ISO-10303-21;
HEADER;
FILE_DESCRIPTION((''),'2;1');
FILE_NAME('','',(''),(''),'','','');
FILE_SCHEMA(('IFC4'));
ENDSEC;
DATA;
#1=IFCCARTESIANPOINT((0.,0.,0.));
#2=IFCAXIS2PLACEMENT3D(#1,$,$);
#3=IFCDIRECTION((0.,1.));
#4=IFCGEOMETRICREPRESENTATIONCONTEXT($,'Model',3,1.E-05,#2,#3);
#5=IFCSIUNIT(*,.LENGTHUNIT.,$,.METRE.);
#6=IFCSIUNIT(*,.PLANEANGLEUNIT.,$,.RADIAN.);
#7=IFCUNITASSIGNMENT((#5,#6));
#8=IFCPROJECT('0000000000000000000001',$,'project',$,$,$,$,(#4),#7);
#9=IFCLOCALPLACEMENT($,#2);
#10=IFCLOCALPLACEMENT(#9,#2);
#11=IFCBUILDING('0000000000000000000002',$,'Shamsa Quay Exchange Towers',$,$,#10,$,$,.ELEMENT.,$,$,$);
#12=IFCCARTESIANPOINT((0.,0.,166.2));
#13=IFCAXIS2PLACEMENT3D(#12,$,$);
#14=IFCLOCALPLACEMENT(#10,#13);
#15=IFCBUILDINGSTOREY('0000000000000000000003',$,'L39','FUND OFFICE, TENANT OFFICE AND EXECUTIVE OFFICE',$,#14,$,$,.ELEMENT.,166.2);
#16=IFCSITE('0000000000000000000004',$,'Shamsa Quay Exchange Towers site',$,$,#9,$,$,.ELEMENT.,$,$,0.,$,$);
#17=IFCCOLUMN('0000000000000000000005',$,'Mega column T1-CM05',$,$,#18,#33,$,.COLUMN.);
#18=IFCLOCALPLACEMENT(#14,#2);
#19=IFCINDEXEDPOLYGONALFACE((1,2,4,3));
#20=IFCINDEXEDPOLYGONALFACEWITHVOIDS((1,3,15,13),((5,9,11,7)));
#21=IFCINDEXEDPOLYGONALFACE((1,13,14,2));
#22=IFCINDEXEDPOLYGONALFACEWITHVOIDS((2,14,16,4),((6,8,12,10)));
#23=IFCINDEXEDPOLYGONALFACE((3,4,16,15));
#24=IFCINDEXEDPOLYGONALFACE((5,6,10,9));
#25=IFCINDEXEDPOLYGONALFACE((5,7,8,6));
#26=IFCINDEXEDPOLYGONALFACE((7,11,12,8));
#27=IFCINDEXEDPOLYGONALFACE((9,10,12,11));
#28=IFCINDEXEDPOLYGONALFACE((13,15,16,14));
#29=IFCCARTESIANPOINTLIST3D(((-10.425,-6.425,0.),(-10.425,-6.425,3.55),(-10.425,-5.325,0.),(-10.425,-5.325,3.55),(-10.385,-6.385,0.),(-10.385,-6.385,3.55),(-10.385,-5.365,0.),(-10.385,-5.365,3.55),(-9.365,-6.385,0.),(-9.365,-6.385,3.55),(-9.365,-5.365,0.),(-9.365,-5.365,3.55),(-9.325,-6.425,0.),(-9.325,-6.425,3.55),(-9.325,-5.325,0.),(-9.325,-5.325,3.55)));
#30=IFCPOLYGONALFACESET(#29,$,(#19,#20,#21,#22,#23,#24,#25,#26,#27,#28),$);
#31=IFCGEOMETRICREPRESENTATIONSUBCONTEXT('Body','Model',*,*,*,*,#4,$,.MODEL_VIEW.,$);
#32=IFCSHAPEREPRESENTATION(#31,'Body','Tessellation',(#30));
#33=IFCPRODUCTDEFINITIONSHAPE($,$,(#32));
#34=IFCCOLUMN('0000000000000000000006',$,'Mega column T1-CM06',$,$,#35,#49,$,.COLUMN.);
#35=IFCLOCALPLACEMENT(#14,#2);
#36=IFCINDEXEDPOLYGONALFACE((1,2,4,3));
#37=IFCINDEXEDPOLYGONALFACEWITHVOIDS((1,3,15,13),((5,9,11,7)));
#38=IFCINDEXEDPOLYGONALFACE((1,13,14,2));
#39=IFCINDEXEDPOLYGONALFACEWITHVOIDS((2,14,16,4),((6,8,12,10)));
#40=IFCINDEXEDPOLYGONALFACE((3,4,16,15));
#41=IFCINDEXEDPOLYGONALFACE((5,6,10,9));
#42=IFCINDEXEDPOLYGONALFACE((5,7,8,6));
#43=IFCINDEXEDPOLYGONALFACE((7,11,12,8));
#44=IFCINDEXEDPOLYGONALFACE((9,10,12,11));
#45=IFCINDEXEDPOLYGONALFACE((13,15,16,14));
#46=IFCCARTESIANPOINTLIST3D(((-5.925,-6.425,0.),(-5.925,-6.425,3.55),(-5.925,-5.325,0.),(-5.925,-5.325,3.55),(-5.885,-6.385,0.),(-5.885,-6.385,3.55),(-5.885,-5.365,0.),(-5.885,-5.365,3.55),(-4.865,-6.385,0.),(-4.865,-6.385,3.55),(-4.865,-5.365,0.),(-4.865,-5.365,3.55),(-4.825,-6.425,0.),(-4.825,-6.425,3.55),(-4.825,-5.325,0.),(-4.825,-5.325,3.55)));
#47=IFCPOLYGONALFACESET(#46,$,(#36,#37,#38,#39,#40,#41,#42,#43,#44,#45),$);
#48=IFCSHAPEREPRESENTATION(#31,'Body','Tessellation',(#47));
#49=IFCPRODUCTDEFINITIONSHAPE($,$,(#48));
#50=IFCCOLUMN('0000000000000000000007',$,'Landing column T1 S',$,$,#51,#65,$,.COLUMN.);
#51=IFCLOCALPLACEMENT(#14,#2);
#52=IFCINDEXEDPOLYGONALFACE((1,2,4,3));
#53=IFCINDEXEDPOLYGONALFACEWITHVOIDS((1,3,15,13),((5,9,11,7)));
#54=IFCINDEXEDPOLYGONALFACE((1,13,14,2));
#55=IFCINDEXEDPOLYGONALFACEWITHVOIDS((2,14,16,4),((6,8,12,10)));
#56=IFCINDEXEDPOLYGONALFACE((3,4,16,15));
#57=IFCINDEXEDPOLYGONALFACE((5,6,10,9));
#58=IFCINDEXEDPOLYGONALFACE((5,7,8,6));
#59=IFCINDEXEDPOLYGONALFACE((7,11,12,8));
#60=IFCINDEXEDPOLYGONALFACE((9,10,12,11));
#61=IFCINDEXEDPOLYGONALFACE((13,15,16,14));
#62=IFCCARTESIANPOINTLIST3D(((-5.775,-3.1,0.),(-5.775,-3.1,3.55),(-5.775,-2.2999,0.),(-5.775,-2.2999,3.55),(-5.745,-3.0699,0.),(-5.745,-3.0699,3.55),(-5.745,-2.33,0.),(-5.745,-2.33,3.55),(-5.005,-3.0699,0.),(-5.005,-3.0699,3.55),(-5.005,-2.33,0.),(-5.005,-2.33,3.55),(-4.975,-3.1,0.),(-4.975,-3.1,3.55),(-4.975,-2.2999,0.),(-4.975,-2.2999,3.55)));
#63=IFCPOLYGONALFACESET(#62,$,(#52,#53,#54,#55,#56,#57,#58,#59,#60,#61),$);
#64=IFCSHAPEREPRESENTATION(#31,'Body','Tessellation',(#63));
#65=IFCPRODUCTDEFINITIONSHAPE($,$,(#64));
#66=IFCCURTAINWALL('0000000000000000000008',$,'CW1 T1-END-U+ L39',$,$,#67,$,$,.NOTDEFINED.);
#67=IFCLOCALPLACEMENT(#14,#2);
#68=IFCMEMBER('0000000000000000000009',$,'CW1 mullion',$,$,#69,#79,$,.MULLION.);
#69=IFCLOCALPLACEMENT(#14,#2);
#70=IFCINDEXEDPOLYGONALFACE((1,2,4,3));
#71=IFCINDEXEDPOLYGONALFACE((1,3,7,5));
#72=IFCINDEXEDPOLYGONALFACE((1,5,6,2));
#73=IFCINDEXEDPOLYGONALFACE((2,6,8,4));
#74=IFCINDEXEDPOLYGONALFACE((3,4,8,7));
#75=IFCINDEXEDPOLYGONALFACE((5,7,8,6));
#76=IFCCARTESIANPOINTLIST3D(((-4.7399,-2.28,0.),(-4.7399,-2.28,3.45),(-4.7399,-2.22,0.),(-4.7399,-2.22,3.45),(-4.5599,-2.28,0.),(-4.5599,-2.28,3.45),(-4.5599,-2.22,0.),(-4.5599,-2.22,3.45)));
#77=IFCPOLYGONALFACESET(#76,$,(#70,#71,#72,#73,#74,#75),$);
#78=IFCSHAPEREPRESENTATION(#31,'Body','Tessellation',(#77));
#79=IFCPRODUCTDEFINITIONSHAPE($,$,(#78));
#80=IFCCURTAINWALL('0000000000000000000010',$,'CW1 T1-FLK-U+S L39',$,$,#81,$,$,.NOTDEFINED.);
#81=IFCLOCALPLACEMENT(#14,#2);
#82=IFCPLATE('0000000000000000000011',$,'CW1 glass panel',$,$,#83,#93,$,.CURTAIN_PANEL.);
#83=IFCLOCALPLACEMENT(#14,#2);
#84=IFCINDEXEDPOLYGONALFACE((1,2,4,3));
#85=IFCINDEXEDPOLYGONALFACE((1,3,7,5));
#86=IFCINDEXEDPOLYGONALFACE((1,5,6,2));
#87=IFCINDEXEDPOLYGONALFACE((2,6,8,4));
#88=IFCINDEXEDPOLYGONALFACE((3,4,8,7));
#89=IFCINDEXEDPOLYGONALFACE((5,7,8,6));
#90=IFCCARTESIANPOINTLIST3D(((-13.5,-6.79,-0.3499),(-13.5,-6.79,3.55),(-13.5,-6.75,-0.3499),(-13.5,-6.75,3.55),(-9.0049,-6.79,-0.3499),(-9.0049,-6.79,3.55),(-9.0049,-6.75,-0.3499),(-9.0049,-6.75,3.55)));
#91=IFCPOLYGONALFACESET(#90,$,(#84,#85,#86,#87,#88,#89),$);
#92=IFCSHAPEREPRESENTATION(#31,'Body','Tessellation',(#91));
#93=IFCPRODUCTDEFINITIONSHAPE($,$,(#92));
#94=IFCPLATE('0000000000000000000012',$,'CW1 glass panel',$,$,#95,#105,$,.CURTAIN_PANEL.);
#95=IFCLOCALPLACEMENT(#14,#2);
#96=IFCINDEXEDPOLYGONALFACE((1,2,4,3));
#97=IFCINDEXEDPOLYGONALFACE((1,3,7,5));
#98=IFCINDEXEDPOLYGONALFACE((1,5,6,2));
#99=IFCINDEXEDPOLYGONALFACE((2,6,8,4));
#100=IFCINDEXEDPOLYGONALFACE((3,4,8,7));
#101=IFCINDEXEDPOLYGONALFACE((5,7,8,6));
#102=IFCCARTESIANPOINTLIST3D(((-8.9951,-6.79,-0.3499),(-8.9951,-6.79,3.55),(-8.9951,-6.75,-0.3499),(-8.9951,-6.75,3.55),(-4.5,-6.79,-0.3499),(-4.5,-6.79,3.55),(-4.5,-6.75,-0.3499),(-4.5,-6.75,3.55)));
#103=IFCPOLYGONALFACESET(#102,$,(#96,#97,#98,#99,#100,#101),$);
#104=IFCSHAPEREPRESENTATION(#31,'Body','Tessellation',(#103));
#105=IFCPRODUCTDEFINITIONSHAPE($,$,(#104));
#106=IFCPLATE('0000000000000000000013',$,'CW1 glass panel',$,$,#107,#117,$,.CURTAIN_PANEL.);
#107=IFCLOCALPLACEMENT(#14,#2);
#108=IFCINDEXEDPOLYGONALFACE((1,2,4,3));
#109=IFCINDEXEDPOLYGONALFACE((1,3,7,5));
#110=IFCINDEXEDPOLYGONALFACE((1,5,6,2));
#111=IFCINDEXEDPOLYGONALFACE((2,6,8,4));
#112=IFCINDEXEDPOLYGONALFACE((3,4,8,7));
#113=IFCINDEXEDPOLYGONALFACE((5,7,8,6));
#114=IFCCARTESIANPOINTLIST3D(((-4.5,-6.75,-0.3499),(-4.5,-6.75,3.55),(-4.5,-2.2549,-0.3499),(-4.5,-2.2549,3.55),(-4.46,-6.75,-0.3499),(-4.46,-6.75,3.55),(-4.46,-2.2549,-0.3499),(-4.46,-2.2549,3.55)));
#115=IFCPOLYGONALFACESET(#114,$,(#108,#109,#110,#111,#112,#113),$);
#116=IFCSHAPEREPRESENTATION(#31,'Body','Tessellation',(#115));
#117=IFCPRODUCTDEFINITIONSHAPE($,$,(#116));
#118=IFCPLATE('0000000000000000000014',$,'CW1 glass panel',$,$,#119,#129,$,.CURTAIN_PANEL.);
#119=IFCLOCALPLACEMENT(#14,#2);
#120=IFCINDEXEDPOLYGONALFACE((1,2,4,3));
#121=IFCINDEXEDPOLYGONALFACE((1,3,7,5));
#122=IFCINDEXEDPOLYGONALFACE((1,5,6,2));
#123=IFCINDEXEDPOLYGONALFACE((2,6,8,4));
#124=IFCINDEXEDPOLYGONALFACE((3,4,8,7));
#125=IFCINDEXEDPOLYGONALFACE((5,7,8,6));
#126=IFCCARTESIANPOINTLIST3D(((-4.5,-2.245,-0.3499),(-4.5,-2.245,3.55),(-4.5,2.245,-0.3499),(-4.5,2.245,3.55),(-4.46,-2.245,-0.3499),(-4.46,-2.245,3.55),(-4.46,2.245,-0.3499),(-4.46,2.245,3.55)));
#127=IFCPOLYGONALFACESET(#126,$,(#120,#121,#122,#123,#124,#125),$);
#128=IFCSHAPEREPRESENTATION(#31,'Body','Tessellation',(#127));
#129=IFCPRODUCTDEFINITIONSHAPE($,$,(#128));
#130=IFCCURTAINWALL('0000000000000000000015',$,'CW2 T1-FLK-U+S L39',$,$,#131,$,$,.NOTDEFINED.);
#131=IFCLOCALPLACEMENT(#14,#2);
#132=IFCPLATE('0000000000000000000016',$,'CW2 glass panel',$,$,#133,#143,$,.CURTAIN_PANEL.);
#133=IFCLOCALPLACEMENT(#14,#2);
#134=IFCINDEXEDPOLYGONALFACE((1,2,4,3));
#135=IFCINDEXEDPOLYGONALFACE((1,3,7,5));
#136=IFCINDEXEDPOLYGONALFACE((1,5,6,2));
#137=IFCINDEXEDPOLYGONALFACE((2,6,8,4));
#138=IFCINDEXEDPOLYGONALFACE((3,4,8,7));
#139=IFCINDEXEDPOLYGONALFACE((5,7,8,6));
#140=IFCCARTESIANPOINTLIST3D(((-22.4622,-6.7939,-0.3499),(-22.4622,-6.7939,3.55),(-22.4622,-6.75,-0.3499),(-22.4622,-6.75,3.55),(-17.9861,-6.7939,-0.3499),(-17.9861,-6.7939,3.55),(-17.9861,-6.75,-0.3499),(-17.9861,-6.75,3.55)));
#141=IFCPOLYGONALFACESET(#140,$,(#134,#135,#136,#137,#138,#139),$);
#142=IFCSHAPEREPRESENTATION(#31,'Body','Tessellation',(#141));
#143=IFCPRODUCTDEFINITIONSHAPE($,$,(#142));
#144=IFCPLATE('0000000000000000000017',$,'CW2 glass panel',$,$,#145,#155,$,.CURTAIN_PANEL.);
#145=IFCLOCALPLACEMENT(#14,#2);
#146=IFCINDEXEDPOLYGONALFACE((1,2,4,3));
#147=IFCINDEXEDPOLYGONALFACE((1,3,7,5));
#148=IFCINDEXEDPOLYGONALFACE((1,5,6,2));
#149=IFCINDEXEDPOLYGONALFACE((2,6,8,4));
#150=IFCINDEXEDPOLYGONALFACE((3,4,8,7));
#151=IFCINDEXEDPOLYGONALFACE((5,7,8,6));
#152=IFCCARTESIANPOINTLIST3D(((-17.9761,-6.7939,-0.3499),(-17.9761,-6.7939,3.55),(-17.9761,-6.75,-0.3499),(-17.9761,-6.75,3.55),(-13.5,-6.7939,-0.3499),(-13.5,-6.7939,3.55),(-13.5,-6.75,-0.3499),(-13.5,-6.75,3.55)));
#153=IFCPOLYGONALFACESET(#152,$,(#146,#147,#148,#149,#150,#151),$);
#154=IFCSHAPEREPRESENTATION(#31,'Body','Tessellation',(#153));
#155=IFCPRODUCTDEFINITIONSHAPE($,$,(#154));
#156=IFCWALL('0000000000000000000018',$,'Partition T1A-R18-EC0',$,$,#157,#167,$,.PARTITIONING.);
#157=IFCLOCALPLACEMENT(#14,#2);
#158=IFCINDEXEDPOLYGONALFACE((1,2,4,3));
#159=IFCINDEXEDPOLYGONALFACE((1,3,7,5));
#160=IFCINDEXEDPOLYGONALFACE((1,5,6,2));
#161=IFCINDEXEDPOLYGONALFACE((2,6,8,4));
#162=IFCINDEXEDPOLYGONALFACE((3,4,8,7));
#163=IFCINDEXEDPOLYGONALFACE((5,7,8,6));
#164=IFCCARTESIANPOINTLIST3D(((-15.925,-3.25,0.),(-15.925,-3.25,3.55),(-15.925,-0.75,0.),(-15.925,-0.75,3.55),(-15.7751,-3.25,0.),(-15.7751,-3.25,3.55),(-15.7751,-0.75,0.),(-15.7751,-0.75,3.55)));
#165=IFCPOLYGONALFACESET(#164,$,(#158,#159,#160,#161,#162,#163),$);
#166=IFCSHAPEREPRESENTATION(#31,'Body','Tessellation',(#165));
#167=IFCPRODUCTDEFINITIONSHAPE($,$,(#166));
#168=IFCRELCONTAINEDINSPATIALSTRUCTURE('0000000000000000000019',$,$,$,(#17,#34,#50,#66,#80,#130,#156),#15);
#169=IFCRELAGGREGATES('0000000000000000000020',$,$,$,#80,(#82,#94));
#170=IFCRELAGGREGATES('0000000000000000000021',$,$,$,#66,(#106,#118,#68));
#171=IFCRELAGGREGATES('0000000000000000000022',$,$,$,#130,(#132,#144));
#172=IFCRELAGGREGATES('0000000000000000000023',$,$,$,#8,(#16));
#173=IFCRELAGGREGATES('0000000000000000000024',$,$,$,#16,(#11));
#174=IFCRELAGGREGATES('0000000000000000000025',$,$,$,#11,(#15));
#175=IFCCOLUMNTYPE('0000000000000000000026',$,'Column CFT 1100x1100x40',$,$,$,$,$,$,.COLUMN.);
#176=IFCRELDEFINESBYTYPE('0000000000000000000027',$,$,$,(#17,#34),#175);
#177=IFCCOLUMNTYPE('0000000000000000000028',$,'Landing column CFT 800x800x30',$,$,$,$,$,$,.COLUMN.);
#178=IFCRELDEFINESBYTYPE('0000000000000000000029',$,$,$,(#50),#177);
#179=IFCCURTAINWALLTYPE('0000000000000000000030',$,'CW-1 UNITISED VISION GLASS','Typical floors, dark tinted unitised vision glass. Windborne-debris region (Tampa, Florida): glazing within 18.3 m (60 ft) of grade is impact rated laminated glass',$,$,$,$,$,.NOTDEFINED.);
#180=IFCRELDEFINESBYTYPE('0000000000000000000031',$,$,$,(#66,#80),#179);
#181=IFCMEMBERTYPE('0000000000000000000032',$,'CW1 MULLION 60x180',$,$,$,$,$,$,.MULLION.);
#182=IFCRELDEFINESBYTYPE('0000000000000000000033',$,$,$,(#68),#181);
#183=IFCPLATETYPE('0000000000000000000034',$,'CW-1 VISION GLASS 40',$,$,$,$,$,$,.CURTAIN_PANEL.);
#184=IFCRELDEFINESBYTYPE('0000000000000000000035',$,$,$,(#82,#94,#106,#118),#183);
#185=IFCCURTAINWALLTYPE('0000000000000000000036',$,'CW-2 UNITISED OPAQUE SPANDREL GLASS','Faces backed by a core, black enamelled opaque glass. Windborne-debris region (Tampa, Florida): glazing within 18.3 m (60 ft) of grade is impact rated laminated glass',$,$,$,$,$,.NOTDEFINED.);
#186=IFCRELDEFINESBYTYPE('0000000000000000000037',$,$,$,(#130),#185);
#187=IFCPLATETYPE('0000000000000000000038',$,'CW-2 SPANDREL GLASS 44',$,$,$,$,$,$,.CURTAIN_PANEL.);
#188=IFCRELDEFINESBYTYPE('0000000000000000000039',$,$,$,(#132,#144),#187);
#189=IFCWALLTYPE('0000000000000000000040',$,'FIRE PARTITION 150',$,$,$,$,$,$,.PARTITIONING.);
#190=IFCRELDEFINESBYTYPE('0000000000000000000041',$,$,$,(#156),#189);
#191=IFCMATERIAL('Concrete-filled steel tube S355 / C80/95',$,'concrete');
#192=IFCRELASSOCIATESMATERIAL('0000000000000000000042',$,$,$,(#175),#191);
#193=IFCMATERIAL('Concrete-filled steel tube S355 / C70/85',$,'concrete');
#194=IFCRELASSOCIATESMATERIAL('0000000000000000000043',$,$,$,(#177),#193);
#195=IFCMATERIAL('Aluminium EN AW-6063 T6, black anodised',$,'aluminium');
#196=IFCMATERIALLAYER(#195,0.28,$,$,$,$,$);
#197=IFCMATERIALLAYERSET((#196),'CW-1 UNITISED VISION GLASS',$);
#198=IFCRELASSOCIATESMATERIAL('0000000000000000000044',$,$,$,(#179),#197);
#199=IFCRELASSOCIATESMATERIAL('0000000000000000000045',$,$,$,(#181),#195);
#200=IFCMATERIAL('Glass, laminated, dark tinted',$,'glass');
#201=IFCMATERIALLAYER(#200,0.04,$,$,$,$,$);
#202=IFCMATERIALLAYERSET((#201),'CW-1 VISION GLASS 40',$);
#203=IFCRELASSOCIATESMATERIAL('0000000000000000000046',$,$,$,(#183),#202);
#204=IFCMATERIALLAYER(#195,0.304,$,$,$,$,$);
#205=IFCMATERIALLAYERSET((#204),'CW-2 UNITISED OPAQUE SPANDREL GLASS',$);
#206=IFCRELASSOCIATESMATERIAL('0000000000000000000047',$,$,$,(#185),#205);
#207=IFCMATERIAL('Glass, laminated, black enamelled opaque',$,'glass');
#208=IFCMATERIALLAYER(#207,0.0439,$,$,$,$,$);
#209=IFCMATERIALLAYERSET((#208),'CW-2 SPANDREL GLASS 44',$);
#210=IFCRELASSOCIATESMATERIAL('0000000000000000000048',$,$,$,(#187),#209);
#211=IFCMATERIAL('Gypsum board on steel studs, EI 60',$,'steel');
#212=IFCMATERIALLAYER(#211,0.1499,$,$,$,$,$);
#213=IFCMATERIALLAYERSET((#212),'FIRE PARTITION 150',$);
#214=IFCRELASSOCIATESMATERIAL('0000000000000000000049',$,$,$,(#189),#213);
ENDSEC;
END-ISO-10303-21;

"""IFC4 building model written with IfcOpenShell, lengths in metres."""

from ifc_helpers import new_model, si_unit, direction, frame, frame_2d, origin, origin_2d, place, context, subcontext, project, spatial, rectangle, hollow_rectangle, extrude, material, layer, layer_set, material_profile, profile_set, type_object, element, aggregate, save


model = new_model("IFC4")

# Units and contexts
model_context = context("Model", 3, precision=1e-05, world=origin(), true_north=direction((0.0, 1.0)))
body_context = subcontext(model_context, "Body", "Model", "MODEL_VIEW")
ifc_project = project(units=[si_unit("LENGTHUNIT", "METRE"), si_unit("PLANEANGLEUNIT", "RADIAN")], contexts=[model_context])

# Site, building, storey
site_placement = place(None, origin())
site = spatial("IfcSite", under=ifc_project, at=site_placement, Name="Shamsa Quay Exchange Towers site", CompositionType="ELEMENT", RefElevation=0.0)
building_placement = place(site_placement, origin())
building = spatial("IfcBuilding", under=site, at=building_placement, Name="Shamsa Quay Exchange Towers", CompositionType="ELEMENT")
storey_placement = place(building_placement, frame((0.0, 0.0, 166.2)))
storey = spatial("IfcBuildingStorey", under=building, at=storey_placement, Name="L39", Description="FUND OFFICE, TENANT OFFICE AND EXECUTIVE OFFICE", CompositionType="ELEMENT", Elevation=166.2)

# Columns
ifc_material_1 = material(Name="Concrete-filled steel tube S355 / C80/95", Category="concrete")
ifc_material_profile_1 = material_profile(ifc_material_1, hollow_rectangle(XDim=1.1001, YDim=1.1001, WallThickness=0.04, at=origin_2d()), Name="CFT 1100x1100x40")
ifc_profile_set_1 = profile_set([ifc_material_profile_1], Name="Concrete-filled steel tube S355 / C80/95")
column_type_1 = type_object("IfcColumnType", Name="Column CFT 1100x1100x40", PredefinedType="COLUMN", material=ifc_profile_set_1)
for number, where, name in (
    (1, (-9.875, -5.875, 0.0), "Mega column T1-CM05"),
    (2, (-5.375, -5.875, 0.0), "Mega column T1-CM06"),
):
    element("IfcColumn", number, at=place(storey_placement, frame(where)), inside=storey, type_object=column_type_1, Name=name, PredefinedType="COLUMN", context=body_context, shape_type="SweptSolid", body=[
        extrude(hollow_rectangle(XDim=1.1001, YDim=1.1001, WallThickness=0.04, at=origin_2d()), origin(), (0.0, 0.0, 1.0), 3.55),
    ])
ifc_material_2 = material(Name="Concrete-filled steel tube S355 / C70/85", Category="concrete")
ifc_material_profile_2 = material_profile(ifc_material_2, hollow_rectangle(XDim=0.8, YDim=0.8, WallThickness=0.03, at=origin_2d()), Name="CFT 800x800x30")
ifc_profile_set_2 = profile_set([ifc_material_profile_2], Name="Concrete-filled steel tube S355 / C70/85")
column_type_2 = type_object("IfcColumnType", Name="Landing column CFT 800x800x30", PredefinedType="COLUMN", material=ifc_profile_set_2)
column_placement = place(storey_placement, frame((-5.375, -2.7, 0.0)))
element("IfcColumn", 3, at=column_placement, inside=storey, type_object=column_type_2, Name="Landing column T1 S", PredefinedType="COLUMN", context=body_context, shape_type="SweptSolid", body=[
    extrude(hollow_rectangle(XDim=0.8, YDim=0.8, WallThickness=0.03, at=origin_2d()), origin(), (0.0, 0.0, 1.0), 3.55),
])

# Curtain wall, member
ifc_material_3 = material(Name="Aluminium EN AW-6063 T6, black anodised", Category="aluminium")
ifc_layer_1 = layer(ifc_material_3, 0.28)
ifc_layer_set_1 = layer_set([ifc_layer_1], Name="CW-1 UNITISED VISION GLASS")
curtain_wall_type_1 = type_object("IfcCurtainWallType", Name="CW-1 UNITISED VISION GLASS", Description="Typical floors, dark tinted unitised vision glass. Windborne-debris region (Tampa, Florida): glazing within 18.3 m (60 ft) of grade is impact rated laminated glass", PredefinedType="NOTDEFINED", material=ifc_layer_set_1)
curtain_wall_1_placement = place(storey_placement, origin())
curtain_wall_1 = element("IfcCurtainWall", 4, at=curtain_wall_1_placement, inside=storey, type_object=curtain_wall_type_1, Name="CW1 T1-END-U+ L39", PredefinedType="NOTDEFINED")
ifc_material_profile_3 = material_profile(ifc_material_3, rectangle(XDim=0.1799, YDim=0.0601, at=origin_2d()), Name="MU60x180")
ifc_profile_set_3 = profile_set([ifc_material_profile_3], Name="Aluminium EN AW-6063 T6, black anodised")
member_type = type_object("IfcMemberType", Name="CW1 MULLION 60x180", PredefinedType="MULLION", material=ifc_profile_set_3)
member_placement = place(storey_placement, frame((-4.6499, -2.25, 0.0), z_axis=(0.0, 0.0, 1.0), x_axis=(-1.0, 0.0, 0.0)))
member = element("IfcMember", 5, at=member_placement, type_object=member_type, Name="CW1 mullion", PredefinedType="MULLION", context=body_context, shape_type="SweptSolid", body=[
    extrude(rectangle(XDim=0.1799, YDim=0.0601, at=origin_2d()), origin(), (0.0, 0.0, 1.0), 3.45),
])

# Curtain wall, plates
curtain_wall_2_placement = place(storey_placement, origin())
curtain_wall_2 = element("IfcCurtainWall", 6, at=curtain_wall_2_placement, inside=storey, type_object=curtain_wall_type_1, Name="CW1 T1-FLK-U+S L39", PredefinedType="NOTDEFINED")
ifc_material_4 = material(Name="Glass, laminated, dark tinted", Category="glass")
ifc_layer_2 = layer(ifc_material_4, 0.04)
ifc_layer_set_2 = layer_set([ifc_layer_2], Name="CW-1 VISION GLASS 40")
plate_type_1 = type_object("IfcPlateType", Name="CW-1 VISION GLASS 40", PredefinedType="CURTAIN_PANEL", material=ifc_layer_set_2)
plate_1_placement = place(storey_placement, frame((-11.2524, -6.77, -0.3499)))
plate_1 = element("IfcPlate", 7, at=plate_1_placement, type_object=plate_type_1, Name="CW1 glass panel", PredefinedType="CURTAIN_PANEL", context=body_context, shape_type="SweptSolid", body=[
    extrude(rectangle(XDim=4.4951, YDim=0.04, at=origin_2d()), origin(), (0.0, 0.0, 1.0), 3.8999),
])
plate_2_placement = place(storey_placement, frame((-6.7476, -6.77, -0.3499)))
plate_2 = element("IfcPlate", 8, at=plate_2_placement, type_object=plate_type_1, Name="CW1 glass panel", PredefinedType="CURTAIN_PANEL", context=body_context, shape_type="SweptSolid", body=[
    extrude(rectangle(XDim=4.4951, YDim=0.04, at=origin_2d()), origin(), (0.0, 0.0, 1.0), 3.8999),
])
aggregate(curtain_wall_2, [plate_1, plate_2])

# Plates
plate_3_placement = place(storey_placement, frame((-4.48, -4.5024, -0.3499), z_axis=(0.0, 0.0, 1.0), x_axis=(0.0, 1.0, 0.0)))
plate_3 = element("IfcPlate", 9, at=plate_3_placement, type_object=plate_type_1, Name="CW1 glass panel", PredefinedType="CURTAIN_PANEL", context=body_context, shape_type="SweptSolid", body=[
    extrude(rectangle(XDim=4.4951, YDim=0.04, at=origin_2d()), origin(), (0.0, 0.0, 1.0), 3.8999),
])
plate_4_placement = place(storey_placement, frame((-4.48, 0.0, -0.3499), z_axis=(0.0, 0.0, 1.0), x_axis=(0.0, 1.0, 0.0)))
plate_4 = element("IfcPlate", 10, at=plate_4_placement, type_object=plate_type_1, Name="CW1 glass panel", PredefinedType="CURTAIN_PANEL", context=body_context, shape_type="SweptSolid", body=[
    extrude(rectangle(XDim=4.49, YDim=0.04, at=origin_2d()), origin(), (0.0, 0.0, 1.0), 3.8999),
])
aggregate(curtain_wall_1, [plate_3, plate_4, member])

# Curtain wall, plates
ifc_layer_3 = layer(ifc_material_3, 0.304)
ifc_layer_set_3 = layer_set([ifc_layer_3], Name="CW-2 UNITISED OPAQUE SPANDREL GLASS")
curtain_wall_type_2 = type_object("IfcCurtainWallType", Name="CW-2 UNITISED OPAQUE SPANDREL GLASS", Description="Faces backed by a core, black enamelled opaque glass. Windborne-debris region (Tampa, Florida): glazing within 18.3 m (60 ft) of grade is impact rated laminated glass", PredefinedType="NOTDEFINED", material=ifc_layer_set_3)
curtain_wall_3_placement = place(storey_placement, origin())
curtain_wall_3 = element("IfcCurtainWall", 11, at=curtain_wall_3_placement, inside=storey, type_object=curtain_wall_type_2, Name="CW2 T1-FLK-U+S L39", PredefinedType="NOTDEFINED")
ifc_material_5 = material(Name="Glass, laminated, black enamelled opaque", Category="glass")
ifc_layer_4 = layer(ifc_material_5, 0.0439)
ifc_layer_set_4 = layer_set([ifc_layer_4], Name="CW-2 SPANDREL GLASS 44")
plate_type_2 = type_object("IfcPlateType", Name="CW-2 SPANDREL GLASS 44", PredefinedType="CURTAIN_PANEL", material=ifc_layer_set_4)
plate_5_placement = place(storey_placement, frame((-20.2241, -6.772, -0.3499)))
plate_5 = element("IfcPlate", 12, at=plate_5_placement, type_object=plate_type_2, Name="CW2 glass panel", PredefinedType="CURTAIN_PANEL", context=body_context, shape_type="SweptSolid", body=[
    extrude(rectangle(XDim=4.4761, YDim=0.0439, at=origin_2d()), origin(), (0.0, 0.0, 1.0), 3.8999),
])
plate_6_placement = place(storey_placement, frame((-15.738, -6.772, -0.3499)))
plate_6 = element("IfcPlate", 13, at=plate_6_placement, type_object=plate_type_2, Name="CW2 glass panel", PredefinedType="CURTAIN_PANEL", context=body_context, shape_type="SweptSolid", body=[
    extrude(rectangle(XDim=4.4761, YDim=0.0439, at=origin_2d()), origin(), (0.0, 0.0, 1.0), 3.8999),
])
aggregate(curtain_wall_3, [plate_5, plate_6])

# Wall
ifc_material_6 = material(Name="Gypsum board on steel studs, EI 60", Category="steel")
ifc_layer_5 = layer(ifc_material_6, 0.1499)
ifc_layer_set_5 = layer_set([ifc_layer_5], Name="FIRE PARTITION 150")
wall_type_1 = type_object("IfcWallType", Name="FIRE PARTITION 150", PredefinedType="PARTITIONING", material=ifc_layer_set_5)
wall_1_placement = place(storey_placement, frame((-15.8501, -3.25, 0.0), z_axis=(0.0, 0.0, 1.0), x_axis=(0.0, 1.0, 0.0)))
element("IfcWall", 14, at=wall_1_placement, inside=storey, type_object=wall_type_1, Name="Partition T1A-R18-EC0", PredefinedType="PARTITIONING", context=body_context, shape_type="SweptSolid", body=[
    extrude(rectangle(XDim=2.5, YDim=0.1499, at=frame_2d((1.25, 0.0))), origin(), (0.0, 0.0, 1.0), 3.55),
])

save(model, "model.ifc")
